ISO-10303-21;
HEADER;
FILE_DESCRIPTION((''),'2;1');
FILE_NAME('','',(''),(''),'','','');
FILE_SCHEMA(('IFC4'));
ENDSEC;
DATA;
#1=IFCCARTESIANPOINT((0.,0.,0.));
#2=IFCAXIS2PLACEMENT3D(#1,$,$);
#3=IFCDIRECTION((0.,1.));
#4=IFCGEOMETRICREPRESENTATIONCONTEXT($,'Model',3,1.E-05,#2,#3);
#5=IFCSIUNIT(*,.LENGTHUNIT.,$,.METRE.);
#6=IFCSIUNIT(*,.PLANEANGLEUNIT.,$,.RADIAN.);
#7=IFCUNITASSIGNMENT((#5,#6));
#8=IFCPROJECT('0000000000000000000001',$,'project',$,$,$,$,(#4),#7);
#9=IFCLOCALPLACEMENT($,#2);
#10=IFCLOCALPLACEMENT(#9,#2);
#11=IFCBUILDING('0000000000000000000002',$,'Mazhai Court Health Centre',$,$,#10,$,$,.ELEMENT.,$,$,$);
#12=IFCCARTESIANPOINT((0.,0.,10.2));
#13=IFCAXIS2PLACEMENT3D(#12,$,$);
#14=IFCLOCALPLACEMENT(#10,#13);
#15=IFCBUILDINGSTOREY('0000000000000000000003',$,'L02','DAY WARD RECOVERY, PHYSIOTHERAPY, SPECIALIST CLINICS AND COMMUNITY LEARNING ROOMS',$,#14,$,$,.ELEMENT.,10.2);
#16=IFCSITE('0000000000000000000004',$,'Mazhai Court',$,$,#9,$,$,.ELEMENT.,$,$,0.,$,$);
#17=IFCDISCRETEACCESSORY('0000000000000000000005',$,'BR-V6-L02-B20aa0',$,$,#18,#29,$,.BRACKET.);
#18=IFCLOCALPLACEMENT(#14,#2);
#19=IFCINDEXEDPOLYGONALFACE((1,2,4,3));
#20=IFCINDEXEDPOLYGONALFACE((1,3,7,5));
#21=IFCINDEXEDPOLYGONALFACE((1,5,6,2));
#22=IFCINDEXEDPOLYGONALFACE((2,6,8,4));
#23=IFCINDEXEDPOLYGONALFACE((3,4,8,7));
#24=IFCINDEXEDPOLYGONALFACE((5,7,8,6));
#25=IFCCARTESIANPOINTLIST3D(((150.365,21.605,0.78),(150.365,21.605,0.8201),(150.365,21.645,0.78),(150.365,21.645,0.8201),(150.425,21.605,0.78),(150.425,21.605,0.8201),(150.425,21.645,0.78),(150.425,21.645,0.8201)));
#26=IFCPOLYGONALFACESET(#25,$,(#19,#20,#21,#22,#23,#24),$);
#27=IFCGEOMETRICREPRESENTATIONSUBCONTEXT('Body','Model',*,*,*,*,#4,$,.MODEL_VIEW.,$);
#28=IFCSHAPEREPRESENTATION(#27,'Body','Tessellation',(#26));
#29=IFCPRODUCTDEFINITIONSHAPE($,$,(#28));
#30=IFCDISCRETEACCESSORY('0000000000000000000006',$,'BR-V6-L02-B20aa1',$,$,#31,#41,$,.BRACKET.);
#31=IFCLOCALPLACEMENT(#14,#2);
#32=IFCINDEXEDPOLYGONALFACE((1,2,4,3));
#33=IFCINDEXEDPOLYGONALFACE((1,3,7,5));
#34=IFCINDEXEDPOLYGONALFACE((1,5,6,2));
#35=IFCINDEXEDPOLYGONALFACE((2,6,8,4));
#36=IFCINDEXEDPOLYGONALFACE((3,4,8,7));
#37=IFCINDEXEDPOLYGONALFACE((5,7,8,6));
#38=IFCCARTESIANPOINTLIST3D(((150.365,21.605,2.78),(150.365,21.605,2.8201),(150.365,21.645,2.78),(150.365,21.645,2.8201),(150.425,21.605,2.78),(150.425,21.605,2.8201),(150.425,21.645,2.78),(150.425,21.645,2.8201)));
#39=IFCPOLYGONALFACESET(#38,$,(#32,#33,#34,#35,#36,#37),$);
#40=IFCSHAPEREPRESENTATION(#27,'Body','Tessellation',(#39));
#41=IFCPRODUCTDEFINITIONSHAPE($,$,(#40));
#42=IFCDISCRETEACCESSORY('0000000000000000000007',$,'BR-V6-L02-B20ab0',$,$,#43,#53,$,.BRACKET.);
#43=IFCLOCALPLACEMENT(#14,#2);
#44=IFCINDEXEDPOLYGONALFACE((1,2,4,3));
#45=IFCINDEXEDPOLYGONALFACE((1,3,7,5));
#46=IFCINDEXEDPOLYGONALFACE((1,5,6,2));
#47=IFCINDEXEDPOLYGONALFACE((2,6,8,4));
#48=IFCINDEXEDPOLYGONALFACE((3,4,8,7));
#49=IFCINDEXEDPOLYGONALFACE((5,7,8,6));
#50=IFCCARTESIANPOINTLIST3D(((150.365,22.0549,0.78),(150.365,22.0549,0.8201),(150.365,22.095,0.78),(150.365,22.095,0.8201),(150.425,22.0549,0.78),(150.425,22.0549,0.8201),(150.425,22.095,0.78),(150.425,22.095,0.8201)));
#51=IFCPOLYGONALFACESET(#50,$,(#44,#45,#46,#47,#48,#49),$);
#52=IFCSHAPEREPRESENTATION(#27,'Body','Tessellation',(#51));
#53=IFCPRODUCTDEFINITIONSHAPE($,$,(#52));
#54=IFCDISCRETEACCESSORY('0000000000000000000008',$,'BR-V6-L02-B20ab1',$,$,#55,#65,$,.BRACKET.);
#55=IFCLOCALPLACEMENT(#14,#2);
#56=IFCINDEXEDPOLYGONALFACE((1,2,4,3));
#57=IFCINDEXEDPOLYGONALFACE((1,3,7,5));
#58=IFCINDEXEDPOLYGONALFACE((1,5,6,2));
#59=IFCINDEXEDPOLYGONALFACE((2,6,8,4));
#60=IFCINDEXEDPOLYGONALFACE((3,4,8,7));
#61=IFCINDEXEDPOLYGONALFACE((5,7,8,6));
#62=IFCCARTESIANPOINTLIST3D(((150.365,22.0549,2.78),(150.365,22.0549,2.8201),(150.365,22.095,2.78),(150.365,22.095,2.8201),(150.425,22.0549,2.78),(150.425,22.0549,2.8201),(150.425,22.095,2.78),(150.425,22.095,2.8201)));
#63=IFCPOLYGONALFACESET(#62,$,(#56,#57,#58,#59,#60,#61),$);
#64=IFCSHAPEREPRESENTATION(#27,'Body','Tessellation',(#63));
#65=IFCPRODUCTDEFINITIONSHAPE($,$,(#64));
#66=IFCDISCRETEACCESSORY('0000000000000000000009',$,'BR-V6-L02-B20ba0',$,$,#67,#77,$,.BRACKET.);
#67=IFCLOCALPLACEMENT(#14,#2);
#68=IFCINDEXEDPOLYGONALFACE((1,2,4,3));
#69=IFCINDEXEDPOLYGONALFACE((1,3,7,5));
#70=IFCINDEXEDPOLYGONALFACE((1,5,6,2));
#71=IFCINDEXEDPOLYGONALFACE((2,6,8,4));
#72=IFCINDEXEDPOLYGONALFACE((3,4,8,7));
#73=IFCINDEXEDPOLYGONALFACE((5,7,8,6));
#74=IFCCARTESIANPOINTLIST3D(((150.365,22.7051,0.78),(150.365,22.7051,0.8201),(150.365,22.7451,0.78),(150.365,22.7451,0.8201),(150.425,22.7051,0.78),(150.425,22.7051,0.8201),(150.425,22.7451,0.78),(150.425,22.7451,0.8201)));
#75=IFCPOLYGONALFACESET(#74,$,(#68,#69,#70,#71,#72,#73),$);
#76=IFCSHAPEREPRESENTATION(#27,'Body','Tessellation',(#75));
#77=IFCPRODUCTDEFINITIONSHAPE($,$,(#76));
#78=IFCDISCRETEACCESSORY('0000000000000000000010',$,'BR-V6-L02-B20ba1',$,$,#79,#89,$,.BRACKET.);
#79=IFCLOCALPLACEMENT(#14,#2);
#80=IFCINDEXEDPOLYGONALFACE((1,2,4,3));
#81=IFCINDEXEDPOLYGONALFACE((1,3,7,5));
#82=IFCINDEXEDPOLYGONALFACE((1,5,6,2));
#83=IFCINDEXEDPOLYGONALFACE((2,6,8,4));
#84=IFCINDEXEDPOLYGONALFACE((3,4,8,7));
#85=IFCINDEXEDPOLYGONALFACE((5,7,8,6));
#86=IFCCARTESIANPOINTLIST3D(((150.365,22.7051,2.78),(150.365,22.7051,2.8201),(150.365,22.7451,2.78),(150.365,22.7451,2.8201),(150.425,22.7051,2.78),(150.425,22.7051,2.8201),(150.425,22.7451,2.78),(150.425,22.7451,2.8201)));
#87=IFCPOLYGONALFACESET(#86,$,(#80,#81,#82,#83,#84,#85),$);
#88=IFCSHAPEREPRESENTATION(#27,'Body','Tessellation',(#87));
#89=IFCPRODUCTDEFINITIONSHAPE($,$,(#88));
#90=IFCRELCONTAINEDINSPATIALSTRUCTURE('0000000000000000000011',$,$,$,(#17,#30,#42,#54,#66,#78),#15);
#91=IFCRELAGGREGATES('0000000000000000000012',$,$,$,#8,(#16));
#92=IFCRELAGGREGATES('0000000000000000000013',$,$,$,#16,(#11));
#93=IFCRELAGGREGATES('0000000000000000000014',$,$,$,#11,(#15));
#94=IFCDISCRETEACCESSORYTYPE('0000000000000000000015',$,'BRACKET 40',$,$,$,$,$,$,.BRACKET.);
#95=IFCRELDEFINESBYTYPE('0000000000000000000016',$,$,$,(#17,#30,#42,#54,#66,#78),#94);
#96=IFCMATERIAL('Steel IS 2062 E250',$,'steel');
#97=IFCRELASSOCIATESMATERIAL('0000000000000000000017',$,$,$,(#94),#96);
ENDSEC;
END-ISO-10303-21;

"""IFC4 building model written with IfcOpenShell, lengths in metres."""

from ifc_helpers import new_model, si_unit, direction, frame, origin, origin_2d, place, context, subcontext, project, spatial, rectangle, extrude, material, type_object, element, save


model = new_model("IFC4")

# Units and contexts
model_context = context("Model", 3, precision=1e-05, world=origin(), true_north=direction((0.0, 1.0)))
body_context = subcontext(model_context, "Body", "Model", "MODEL_VIEW")
ifc_project = project(units=[si_unit("LENGTHUNIT", "METRE"), si_unit("PLANEANGLEUNIT", "RADIAN")], contexts=[model_context])

# Site, building, storey
site_placement = place(None, origin())
site = spatial("IfcSite", under=ifc_project, at=site_placement, Name="Mazhai Court", CompositionType="ELEMENT", RefElevation=0.0)
building_placement = place(site_placement, origin())
building = spatial("IfcBuilding", under=site, at=building_placement, Name="Mazhai Court Health Centre", CompositionType="ELEMENT")
storey_placement = place(building_placement, frame((0.0, 0.0, 10.2)))
storey = spatial("IfcBuildingStorey", under=building, at=storey_placement, Name="L02", Description="DAY WARD RECOVERY, PHYSIOTHERAPY, SPECIALIST CLINICS AND COMMUNITY LEARNING ROOMS", CompositionType="ELEMENT", Elevation=10.2)

# Discrete accessories
ifc_material_1 = material(Name="Steel IS 2062 E250", Category="steel")
discrete_accessory_type = type_object("IfcDiscreteAccessoryType", Name="BRACKET 40", PredefinedType="BRACKET", material=ifc_material_1)
for number, where, z_axis, x_axis, name in (
    (1, (150.395, 21.625, 0.78), (0.0, 0.0, 1.0), (0.0, 1.0, 0.0), "BR-V6-L02-B20aa0"),
    (2, (150.395, 21.625, 2.78), (0.0, 0.0, 1.0), (0.0, 1.0, 0.0), "BR-V6-L02-B20aa1"),
    (3, (150.395, 22.075, 0.78), (0.0, 0.0, 1.0), (0.0, 1.0, 0.0), "BR-V6-L02-B20ab0"),
    (4, (150.395, 22.075, 2.78), (0.0, 0.0, 1.0), (0.0, 1.0, 0.0), "BR-V6-L02-B20ab1"),
    (5, (150.395, 22.7251, 0.78), (0.0, 0.0, 1.0), (0.0, 1.0, 0.0), "BR-V6-L02-B20ba0"),
    (6, (150.395, 22.7251, 2.78), (0.0, 0.0, 1.0), (0.0, 1.0, 0.0), "BR-V6-L02-B20ba1"),
):
    element("IfcDiscreteAccessory", number, at=place(storey_placement, frame(where, z_axis=z_axis, x_axis=x_axis)), inside=storey, type_object=discrete_accessory_type, Name=name, PredefinedType="BRACKET", context=body_context, shape_type="SweptSolid", body=[
        extrude(rectangle(XDim=0.04, YDim=0.0601, at=origin_2d()), origin(), (0.0, 0.0, 1.0), 0.04),
    ])

save(model, "model.ifc")
